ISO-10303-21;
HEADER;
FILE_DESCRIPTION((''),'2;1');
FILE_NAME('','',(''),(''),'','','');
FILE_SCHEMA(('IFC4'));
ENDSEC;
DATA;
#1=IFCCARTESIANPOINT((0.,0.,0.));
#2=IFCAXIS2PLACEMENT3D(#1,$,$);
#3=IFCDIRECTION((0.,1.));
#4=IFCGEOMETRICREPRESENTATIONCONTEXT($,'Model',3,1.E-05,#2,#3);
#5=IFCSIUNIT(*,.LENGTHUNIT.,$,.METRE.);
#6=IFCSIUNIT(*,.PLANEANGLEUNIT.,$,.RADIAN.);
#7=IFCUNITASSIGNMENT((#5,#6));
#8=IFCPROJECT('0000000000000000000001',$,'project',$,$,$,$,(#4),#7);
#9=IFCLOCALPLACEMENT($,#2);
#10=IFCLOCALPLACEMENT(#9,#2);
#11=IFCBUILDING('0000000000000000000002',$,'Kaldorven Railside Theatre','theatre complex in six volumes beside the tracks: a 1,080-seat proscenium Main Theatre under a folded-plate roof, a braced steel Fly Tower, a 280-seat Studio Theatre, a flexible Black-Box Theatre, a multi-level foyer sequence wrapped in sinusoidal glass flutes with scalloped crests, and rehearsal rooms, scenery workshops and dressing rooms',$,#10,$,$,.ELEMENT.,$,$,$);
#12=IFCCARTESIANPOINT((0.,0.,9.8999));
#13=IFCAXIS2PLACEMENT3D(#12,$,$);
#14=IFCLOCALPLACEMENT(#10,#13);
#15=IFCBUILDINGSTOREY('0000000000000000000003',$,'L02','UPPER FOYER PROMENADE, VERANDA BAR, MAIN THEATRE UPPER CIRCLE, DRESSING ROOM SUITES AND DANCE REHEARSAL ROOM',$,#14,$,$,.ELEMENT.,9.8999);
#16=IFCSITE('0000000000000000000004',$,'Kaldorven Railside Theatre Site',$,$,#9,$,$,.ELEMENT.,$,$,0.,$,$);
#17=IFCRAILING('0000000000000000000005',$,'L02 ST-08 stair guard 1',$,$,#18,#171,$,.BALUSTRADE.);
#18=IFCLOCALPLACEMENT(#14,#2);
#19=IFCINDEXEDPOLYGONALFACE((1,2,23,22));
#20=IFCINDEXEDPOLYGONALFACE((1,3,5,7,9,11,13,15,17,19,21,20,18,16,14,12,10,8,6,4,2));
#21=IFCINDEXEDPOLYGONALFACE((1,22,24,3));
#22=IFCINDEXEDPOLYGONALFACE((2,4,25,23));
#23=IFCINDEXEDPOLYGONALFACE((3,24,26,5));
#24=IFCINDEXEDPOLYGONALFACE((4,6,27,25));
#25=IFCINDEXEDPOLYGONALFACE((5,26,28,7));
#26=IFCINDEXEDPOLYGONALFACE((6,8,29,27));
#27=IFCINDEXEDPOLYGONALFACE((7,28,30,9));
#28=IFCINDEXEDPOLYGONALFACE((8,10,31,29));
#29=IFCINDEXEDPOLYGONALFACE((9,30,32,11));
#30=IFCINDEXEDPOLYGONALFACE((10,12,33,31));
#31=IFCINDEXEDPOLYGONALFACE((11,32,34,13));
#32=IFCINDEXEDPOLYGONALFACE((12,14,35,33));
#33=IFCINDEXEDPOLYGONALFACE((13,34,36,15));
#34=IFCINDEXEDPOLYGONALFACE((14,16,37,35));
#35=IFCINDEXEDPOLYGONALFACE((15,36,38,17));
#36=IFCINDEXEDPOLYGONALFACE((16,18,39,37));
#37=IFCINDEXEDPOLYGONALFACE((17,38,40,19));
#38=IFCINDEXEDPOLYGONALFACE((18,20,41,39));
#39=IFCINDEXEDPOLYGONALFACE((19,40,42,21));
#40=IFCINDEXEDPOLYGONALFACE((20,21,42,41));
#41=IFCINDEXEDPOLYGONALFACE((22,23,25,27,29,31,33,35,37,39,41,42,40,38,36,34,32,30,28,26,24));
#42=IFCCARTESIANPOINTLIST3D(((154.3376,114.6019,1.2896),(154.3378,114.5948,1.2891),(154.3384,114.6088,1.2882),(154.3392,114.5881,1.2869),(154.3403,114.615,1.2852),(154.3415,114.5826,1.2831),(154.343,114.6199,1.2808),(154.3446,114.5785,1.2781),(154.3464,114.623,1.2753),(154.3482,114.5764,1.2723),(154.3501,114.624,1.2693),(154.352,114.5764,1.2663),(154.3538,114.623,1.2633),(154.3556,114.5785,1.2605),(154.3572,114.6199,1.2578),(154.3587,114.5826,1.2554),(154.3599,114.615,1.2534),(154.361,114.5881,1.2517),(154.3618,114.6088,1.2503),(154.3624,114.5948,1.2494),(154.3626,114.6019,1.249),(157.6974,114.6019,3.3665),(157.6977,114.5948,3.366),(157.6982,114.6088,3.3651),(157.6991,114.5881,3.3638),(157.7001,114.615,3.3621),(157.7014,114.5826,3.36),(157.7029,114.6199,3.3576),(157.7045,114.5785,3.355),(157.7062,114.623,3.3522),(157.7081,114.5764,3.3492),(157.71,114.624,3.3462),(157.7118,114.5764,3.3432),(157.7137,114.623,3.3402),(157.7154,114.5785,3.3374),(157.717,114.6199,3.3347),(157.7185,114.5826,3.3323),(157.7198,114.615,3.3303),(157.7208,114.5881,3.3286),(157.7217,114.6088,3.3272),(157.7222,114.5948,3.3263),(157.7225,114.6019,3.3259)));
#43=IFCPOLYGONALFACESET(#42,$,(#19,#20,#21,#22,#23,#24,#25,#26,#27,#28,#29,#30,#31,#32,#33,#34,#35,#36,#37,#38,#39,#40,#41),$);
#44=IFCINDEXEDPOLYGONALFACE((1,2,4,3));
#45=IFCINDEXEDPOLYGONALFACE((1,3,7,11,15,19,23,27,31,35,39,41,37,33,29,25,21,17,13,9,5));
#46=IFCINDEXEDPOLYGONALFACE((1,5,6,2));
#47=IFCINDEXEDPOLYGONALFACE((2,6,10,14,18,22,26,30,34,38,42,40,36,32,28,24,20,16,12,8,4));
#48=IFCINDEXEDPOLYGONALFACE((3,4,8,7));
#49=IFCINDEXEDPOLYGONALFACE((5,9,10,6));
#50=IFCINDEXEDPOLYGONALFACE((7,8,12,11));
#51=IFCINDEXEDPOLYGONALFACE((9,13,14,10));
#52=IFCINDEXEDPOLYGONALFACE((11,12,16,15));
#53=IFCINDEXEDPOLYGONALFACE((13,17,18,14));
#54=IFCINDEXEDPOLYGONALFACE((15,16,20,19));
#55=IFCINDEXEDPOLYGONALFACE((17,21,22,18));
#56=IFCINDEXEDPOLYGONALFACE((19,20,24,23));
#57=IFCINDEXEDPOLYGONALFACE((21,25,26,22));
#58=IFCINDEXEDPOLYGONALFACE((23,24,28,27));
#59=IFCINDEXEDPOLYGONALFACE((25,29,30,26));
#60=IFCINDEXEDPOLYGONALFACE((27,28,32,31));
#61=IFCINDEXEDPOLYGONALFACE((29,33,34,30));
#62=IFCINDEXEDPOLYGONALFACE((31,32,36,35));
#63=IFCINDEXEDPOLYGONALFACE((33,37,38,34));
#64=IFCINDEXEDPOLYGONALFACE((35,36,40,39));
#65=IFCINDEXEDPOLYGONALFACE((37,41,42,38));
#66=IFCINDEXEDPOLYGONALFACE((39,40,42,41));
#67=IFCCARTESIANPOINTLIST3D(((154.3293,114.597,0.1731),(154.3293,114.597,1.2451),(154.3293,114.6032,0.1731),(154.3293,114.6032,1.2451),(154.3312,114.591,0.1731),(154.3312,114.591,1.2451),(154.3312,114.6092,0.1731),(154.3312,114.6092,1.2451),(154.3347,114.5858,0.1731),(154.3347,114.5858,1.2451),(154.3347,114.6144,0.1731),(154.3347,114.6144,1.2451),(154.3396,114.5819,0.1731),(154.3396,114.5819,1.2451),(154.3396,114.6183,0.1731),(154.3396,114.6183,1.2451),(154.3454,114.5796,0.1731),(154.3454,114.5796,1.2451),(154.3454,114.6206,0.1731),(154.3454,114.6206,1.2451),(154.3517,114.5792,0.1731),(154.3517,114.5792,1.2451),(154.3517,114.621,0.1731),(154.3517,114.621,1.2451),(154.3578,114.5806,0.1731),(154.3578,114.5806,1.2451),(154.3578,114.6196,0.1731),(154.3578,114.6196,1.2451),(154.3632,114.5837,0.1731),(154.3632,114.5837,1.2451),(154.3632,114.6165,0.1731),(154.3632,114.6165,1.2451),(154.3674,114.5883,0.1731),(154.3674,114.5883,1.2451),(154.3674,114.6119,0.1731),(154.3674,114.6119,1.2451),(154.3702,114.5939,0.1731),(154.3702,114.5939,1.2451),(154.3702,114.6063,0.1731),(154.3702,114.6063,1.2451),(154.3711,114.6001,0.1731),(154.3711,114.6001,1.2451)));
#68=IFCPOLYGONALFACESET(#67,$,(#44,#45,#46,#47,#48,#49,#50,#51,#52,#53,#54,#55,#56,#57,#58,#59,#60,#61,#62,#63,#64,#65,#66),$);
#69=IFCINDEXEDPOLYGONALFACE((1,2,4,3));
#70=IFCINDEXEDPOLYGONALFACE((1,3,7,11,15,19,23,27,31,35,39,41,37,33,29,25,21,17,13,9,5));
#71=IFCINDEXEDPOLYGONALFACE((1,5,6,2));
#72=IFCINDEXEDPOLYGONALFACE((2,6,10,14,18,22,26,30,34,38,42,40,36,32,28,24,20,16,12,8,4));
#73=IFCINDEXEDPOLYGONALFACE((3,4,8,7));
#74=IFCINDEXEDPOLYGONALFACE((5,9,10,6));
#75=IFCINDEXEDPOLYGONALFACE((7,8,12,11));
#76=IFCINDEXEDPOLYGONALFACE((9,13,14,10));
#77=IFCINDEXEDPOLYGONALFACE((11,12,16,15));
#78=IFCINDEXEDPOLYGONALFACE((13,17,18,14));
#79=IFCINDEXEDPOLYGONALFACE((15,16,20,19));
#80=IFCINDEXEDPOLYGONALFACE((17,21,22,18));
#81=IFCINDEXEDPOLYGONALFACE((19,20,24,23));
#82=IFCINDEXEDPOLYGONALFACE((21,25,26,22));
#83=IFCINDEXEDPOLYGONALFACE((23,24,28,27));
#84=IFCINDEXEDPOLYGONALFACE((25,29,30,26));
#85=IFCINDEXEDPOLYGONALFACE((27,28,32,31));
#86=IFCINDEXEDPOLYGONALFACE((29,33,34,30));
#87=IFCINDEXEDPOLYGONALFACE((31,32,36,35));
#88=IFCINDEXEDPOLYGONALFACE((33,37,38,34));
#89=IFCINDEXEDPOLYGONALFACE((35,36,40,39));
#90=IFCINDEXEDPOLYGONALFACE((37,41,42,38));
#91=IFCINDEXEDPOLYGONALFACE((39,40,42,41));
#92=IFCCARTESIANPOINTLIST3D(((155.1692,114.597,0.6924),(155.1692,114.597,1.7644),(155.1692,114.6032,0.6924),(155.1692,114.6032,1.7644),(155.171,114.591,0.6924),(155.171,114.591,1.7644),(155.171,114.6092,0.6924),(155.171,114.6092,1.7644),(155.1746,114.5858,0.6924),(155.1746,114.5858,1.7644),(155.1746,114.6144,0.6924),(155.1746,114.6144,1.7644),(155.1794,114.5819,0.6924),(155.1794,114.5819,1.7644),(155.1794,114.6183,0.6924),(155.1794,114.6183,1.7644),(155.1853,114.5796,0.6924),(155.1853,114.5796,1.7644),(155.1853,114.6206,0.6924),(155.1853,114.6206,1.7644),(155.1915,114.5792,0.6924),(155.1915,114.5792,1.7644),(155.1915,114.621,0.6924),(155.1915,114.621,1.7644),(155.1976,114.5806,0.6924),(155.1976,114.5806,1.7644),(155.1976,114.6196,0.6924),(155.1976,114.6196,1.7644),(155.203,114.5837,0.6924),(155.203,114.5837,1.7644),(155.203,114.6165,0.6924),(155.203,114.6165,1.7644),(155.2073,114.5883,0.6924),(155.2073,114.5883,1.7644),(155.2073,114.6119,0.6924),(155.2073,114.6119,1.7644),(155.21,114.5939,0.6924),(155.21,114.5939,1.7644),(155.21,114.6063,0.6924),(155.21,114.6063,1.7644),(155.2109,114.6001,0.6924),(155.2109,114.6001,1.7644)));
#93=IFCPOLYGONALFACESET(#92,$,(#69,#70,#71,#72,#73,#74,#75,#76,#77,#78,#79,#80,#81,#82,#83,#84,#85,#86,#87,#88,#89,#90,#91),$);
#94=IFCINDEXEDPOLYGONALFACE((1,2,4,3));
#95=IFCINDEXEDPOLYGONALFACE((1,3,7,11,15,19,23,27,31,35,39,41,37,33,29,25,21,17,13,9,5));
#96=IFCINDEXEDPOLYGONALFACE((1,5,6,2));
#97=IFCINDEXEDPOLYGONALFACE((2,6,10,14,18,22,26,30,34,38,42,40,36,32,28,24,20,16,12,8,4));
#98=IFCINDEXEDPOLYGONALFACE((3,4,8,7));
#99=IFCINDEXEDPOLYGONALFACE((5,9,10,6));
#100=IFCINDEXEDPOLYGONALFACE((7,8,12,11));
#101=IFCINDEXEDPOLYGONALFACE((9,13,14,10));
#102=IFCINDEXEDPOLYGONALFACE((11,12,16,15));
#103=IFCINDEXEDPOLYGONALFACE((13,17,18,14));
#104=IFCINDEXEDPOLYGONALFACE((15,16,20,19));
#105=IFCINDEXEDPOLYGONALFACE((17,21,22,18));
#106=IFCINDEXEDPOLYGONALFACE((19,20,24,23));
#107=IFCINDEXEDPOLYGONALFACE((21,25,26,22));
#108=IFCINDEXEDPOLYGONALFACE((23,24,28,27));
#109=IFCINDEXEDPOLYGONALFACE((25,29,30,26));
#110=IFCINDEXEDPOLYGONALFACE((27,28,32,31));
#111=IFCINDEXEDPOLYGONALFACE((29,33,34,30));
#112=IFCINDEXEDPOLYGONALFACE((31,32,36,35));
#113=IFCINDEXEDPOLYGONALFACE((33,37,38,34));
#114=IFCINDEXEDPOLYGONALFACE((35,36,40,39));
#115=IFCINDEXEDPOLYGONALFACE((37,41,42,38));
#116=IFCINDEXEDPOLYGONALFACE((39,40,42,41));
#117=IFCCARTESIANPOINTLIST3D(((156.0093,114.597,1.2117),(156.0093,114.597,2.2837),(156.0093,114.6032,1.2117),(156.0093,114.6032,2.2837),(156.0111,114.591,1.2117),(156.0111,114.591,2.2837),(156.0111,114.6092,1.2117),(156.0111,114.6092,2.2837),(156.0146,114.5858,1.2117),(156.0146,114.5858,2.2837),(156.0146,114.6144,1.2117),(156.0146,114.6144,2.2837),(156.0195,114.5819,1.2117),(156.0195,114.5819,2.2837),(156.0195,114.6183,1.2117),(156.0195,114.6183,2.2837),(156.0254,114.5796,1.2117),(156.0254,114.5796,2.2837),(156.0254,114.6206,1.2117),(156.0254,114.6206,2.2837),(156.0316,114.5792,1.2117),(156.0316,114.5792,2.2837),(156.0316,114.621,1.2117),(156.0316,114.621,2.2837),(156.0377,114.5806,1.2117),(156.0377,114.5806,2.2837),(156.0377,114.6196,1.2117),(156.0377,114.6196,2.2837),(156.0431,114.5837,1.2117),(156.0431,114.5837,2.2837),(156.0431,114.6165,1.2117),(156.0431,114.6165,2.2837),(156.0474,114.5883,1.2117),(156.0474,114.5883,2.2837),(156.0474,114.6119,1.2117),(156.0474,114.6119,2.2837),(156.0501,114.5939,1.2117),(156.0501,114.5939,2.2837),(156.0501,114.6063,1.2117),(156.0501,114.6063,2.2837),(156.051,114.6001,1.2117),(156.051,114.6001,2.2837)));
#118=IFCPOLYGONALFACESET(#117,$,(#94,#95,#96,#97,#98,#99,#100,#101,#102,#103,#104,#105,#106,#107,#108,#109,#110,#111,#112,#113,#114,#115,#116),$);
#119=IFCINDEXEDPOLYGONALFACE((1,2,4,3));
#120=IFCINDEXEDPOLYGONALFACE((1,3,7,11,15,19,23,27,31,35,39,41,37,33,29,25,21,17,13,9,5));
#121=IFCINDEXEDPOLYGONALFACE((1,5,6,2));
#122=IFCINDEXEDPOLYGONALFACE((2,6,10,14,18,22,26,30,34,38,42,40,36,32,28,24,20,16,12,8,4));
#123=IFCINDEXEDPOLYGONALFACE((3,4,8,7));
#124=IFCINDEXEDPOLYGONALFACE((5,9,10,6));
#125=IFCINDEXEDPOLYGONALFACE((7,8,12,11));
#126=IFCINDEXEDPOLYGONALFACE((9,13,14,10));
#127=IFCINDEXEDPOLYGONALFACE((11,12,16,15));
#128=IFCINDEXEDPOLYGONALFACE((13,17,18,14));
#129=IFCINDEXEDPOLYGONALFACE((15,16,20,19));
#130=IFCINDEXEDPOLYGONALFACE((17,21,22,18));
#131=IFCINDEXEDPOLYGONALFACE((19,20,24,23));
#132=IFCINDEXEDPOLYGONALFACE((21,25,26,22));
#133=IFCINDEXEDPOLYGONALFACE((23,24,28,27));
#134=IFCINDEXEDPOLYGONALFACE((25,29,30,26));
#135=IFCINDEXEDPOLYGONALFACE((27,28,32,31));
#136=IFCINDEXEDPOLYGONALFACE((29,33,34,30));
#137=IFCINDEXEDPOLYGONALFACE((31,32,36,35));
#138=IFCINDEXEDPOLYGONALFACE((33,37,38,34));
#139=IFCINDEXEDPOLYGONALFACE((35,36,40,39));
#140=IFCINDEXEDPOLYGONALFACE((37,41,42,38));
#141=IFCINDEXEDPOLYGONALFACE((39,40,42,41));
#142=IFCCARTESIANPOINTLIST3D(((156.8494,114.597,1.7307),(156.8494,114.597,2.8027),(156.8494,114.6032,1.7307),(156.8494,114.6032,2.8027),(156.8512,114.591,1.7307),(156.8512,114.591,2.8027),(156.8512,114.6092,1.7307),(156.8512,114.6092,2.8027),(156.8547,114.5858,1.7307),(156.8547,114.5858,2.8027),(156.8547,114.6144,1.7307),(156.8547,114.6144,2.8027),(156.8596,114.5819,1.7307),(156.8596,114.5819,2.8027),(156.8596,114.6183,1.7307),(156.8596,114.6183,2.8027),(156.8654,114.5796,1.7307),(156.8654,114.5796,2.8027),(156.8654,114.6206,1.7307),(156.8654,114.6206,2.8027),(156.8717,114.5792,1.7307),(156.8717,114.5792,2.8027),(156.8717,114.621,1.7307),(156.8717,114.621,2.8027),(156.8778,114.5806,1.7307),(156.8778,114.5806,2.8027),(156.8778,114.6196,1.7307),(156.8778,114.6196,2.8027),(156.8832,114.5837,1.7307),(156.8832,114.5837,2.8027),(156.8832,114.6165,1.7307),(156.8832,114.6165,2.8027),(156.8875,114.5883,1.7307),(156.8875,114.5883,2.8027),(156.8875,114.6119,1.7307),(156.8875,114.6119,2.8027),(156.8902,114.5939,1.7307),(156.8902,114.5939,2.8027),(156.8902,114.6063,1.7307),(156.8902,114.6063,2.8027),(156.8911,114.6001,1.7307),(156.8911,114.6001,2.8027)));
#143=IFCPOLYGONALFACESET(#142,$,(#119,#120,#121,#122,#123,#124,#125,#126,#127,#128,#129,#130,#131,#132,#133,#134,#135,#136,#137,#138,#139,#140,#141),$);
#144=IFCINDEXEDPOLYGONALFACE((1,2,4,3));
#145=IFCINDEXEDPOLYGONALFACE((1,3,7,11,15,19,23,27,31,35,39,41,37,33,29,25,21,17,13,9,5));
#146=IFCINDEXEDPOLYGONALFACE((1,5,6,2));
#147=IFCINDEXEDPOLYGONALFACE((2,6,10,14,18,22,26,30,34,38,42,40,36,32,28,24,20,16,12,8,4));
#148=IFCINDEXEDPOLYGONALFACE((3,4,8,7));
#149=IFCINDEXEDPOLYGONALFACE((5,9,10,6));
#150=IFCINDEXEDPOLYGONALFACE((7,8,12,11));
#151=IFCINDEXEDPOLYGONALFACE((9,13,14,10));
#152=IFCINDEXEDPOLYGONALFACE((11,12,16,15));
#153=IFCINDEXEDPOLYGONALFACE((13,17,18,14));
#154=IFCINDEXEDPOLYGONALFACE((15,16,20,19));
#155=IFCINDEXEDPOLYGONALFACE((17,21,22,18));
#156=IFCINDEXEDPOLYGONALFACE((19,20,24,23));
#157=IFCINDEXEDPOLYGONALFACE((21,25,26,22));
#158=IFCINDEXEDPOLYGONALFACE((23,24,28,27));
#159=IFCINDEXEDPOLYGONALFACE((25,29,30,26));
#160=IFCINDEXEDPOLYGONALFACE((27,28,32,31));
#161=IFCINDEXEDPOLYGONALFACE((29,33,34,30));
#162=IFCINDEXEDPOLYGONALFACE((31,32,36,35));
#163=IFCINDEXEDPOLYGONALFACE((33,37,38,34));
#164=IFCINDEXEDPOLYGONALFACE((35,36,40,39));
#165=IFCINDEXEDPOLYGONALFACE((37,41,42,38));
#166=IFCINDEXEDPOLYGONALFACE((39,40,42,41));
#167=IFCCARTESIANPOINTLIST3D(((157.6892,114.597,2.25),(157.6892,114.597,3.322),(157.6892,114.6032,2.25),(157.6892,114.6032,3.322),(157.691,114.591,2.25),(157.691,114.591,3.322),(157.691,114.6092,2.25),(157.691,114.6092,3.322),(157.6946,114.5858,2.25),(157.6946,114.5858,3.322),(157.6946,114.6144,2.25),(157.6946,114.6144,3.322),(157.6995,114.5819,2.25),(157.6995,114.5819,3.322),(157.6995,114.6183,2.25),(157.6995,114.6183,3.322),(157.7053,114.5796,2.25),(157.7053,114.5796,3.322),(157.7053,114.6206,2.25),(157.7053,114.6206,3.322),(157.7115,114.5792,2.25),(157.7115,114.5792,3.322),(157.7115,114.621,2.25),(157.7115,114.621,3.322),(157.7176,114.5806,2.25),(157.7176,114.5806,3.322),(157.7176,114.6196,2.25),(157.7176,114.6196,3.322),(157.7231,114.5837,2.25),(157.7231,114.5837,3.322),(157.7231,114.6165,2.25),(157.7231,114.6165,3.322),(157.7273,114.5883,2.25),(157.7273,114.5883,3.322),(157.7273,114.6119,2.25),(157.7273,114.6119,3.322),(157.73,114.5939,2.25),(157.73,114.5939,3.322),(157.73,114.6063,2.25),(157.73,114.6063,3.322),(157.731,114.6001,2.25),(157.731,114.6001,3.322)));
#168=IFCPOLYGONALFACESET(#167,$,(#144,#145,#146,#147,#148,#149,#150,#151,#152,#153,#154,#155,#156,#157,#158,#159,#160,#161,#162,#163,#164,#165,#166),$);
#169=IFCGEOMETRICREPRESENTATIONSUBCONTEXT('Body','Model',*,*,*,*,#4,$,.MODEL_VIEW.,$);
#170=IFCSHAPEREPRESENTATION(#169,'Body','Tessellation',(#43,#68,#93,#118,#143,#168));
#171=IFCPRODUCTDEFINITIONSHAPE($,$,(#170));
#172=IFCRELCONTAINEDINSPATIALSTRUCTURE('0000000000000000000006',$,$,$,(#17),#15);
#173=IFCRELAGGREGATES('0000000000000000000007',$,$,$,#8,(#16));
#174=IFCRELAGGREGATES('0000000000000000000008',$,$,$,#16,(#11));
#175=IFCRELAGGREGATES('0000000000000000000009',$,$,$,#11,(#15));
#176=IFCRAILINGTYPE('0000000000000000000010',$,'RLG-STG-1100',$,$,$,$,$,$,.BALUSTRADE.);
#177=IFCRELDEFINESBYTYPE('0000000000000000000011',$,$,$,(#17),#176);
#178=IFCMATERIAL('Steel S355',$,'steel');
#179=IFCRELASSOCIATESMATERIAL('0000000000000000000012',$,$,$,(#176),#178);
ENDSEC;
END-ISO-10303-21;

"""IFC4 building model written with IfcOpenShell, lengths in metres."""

from ifc_helpers import new_model, si_unit, direction, frame, origin, origin_2d, place, context, subcontext, project, spatial, circle, extrude, material, type_object, element, save


model = new_model("IFC4")

# Units and contexts
model_context = context("Model", 3, precision=1e-05, world=origin(), true_north=direction((0.0, 1.0)))
body_context = subcontext(model_context, "Body", "Model", "MODEL_VIEW")
ifc_project = project(units=[si_unit("LENGTHUNIT", "METRE"), si_unit("PLANEANGLEUNIT", "RADIAN")], contexts=[model_context])

# Site, building, storey
site_placement = place(None, origin())
site = spatial("IfcSite", under=ifc_project, at=site_placement, Name="Kaldorven Railside Theatre Site", CompositionType="ELEMENT", RefElevation=0.0)
building_placement = place(site_placement, origin())
building = spatial("IfcBuilding", under=site, at=building_placement, Name="Kaldorven Railside Theatre", Description="theatre complex in six volumes beside the tracks: a 1,080-seat proscenium Main Theatre under a folded-plate roof, a braced steel Fly Tower, a 280-seat Studio Theatre, a flexible Black-Box Theatre, a multi-level foyer sequence wrapped in sinusoidal glass flutes with scalloped crests, and rehearsal rooms, scenery workshops and dressing rooms", CompositionType="ELEMENT")
storey_placement = place(building_placement, frame((0.0, 0.0, 9.8999)))
storey = spatial("IfcBuildingStorey", under=building, at=storey_placement, Name="L02", Description="UPPER FOYER PROMENADE, VERANDA BAR, MAIN THEATRE UPPER CIRCLE, DRESSING ROOM SUITES AND DANCE REHEARSAL ROOM", CompositionType="ELEMENT", Elevation=9.8999)

# Shared definitions
ifc_material_1 = material(Name="Steel S355", Category="steel")

# Railing
railing_type_1 = type_object("IfcRailingType", Name="RLG-STG-1100", PredefinedType="BALUSTRADE", material=ifc_material_1)
railing_1_placement = place(storey_placement, frame((154.3501, 114.6001, 0.1731)))
element("IfcRailing", 1, at=railing_1_placement, inside=storey, type_object=railing_type_1, Name="L02 ST-08 stair guard 1", PredefinedType="BALUSTRADE", context=body_context, shape_type="SweptSolid", body=[
    extrude(circle(Radius=0.0239, at=origin_2d()), frame((0.0, 0.0, 1.0962), z_axis=(0.850606, 0.0, 0.525803), x_axis=(0.0, 1.0, 0.0)), (0.0, 0.0, 1.0), 3.95),
    extrude(circle(Radius=0.021, at=origin_2d()), origin(), (0.0, 0.0, 1.0), 1.072),
    extrude(circle(Radius=0.021, at=origin_2d()), frame((0.8398, 0.0, 0.5193)), (0.0, 0.0, 1.0), 1.072),
    extrude(circle(Radius=0.021, at=origin_2d()), frame((1.6799, 0.0, 1.0386)), (0.0, 0.0, 1.0), 1.072),
    extrude(circle(Radius=0.021, at=origin_2d()), frame((2.52, 0.0, 1.5576)), (0.0, 0.0, 1.0), 1.072),
    extrude(circle(Radius=0.021, at=origin_2d()), frame((3.3599, 0.0, 2.0769)), (0.0, 0.0, 1.0), 1.072),
])

save(model, "model.ifc")
